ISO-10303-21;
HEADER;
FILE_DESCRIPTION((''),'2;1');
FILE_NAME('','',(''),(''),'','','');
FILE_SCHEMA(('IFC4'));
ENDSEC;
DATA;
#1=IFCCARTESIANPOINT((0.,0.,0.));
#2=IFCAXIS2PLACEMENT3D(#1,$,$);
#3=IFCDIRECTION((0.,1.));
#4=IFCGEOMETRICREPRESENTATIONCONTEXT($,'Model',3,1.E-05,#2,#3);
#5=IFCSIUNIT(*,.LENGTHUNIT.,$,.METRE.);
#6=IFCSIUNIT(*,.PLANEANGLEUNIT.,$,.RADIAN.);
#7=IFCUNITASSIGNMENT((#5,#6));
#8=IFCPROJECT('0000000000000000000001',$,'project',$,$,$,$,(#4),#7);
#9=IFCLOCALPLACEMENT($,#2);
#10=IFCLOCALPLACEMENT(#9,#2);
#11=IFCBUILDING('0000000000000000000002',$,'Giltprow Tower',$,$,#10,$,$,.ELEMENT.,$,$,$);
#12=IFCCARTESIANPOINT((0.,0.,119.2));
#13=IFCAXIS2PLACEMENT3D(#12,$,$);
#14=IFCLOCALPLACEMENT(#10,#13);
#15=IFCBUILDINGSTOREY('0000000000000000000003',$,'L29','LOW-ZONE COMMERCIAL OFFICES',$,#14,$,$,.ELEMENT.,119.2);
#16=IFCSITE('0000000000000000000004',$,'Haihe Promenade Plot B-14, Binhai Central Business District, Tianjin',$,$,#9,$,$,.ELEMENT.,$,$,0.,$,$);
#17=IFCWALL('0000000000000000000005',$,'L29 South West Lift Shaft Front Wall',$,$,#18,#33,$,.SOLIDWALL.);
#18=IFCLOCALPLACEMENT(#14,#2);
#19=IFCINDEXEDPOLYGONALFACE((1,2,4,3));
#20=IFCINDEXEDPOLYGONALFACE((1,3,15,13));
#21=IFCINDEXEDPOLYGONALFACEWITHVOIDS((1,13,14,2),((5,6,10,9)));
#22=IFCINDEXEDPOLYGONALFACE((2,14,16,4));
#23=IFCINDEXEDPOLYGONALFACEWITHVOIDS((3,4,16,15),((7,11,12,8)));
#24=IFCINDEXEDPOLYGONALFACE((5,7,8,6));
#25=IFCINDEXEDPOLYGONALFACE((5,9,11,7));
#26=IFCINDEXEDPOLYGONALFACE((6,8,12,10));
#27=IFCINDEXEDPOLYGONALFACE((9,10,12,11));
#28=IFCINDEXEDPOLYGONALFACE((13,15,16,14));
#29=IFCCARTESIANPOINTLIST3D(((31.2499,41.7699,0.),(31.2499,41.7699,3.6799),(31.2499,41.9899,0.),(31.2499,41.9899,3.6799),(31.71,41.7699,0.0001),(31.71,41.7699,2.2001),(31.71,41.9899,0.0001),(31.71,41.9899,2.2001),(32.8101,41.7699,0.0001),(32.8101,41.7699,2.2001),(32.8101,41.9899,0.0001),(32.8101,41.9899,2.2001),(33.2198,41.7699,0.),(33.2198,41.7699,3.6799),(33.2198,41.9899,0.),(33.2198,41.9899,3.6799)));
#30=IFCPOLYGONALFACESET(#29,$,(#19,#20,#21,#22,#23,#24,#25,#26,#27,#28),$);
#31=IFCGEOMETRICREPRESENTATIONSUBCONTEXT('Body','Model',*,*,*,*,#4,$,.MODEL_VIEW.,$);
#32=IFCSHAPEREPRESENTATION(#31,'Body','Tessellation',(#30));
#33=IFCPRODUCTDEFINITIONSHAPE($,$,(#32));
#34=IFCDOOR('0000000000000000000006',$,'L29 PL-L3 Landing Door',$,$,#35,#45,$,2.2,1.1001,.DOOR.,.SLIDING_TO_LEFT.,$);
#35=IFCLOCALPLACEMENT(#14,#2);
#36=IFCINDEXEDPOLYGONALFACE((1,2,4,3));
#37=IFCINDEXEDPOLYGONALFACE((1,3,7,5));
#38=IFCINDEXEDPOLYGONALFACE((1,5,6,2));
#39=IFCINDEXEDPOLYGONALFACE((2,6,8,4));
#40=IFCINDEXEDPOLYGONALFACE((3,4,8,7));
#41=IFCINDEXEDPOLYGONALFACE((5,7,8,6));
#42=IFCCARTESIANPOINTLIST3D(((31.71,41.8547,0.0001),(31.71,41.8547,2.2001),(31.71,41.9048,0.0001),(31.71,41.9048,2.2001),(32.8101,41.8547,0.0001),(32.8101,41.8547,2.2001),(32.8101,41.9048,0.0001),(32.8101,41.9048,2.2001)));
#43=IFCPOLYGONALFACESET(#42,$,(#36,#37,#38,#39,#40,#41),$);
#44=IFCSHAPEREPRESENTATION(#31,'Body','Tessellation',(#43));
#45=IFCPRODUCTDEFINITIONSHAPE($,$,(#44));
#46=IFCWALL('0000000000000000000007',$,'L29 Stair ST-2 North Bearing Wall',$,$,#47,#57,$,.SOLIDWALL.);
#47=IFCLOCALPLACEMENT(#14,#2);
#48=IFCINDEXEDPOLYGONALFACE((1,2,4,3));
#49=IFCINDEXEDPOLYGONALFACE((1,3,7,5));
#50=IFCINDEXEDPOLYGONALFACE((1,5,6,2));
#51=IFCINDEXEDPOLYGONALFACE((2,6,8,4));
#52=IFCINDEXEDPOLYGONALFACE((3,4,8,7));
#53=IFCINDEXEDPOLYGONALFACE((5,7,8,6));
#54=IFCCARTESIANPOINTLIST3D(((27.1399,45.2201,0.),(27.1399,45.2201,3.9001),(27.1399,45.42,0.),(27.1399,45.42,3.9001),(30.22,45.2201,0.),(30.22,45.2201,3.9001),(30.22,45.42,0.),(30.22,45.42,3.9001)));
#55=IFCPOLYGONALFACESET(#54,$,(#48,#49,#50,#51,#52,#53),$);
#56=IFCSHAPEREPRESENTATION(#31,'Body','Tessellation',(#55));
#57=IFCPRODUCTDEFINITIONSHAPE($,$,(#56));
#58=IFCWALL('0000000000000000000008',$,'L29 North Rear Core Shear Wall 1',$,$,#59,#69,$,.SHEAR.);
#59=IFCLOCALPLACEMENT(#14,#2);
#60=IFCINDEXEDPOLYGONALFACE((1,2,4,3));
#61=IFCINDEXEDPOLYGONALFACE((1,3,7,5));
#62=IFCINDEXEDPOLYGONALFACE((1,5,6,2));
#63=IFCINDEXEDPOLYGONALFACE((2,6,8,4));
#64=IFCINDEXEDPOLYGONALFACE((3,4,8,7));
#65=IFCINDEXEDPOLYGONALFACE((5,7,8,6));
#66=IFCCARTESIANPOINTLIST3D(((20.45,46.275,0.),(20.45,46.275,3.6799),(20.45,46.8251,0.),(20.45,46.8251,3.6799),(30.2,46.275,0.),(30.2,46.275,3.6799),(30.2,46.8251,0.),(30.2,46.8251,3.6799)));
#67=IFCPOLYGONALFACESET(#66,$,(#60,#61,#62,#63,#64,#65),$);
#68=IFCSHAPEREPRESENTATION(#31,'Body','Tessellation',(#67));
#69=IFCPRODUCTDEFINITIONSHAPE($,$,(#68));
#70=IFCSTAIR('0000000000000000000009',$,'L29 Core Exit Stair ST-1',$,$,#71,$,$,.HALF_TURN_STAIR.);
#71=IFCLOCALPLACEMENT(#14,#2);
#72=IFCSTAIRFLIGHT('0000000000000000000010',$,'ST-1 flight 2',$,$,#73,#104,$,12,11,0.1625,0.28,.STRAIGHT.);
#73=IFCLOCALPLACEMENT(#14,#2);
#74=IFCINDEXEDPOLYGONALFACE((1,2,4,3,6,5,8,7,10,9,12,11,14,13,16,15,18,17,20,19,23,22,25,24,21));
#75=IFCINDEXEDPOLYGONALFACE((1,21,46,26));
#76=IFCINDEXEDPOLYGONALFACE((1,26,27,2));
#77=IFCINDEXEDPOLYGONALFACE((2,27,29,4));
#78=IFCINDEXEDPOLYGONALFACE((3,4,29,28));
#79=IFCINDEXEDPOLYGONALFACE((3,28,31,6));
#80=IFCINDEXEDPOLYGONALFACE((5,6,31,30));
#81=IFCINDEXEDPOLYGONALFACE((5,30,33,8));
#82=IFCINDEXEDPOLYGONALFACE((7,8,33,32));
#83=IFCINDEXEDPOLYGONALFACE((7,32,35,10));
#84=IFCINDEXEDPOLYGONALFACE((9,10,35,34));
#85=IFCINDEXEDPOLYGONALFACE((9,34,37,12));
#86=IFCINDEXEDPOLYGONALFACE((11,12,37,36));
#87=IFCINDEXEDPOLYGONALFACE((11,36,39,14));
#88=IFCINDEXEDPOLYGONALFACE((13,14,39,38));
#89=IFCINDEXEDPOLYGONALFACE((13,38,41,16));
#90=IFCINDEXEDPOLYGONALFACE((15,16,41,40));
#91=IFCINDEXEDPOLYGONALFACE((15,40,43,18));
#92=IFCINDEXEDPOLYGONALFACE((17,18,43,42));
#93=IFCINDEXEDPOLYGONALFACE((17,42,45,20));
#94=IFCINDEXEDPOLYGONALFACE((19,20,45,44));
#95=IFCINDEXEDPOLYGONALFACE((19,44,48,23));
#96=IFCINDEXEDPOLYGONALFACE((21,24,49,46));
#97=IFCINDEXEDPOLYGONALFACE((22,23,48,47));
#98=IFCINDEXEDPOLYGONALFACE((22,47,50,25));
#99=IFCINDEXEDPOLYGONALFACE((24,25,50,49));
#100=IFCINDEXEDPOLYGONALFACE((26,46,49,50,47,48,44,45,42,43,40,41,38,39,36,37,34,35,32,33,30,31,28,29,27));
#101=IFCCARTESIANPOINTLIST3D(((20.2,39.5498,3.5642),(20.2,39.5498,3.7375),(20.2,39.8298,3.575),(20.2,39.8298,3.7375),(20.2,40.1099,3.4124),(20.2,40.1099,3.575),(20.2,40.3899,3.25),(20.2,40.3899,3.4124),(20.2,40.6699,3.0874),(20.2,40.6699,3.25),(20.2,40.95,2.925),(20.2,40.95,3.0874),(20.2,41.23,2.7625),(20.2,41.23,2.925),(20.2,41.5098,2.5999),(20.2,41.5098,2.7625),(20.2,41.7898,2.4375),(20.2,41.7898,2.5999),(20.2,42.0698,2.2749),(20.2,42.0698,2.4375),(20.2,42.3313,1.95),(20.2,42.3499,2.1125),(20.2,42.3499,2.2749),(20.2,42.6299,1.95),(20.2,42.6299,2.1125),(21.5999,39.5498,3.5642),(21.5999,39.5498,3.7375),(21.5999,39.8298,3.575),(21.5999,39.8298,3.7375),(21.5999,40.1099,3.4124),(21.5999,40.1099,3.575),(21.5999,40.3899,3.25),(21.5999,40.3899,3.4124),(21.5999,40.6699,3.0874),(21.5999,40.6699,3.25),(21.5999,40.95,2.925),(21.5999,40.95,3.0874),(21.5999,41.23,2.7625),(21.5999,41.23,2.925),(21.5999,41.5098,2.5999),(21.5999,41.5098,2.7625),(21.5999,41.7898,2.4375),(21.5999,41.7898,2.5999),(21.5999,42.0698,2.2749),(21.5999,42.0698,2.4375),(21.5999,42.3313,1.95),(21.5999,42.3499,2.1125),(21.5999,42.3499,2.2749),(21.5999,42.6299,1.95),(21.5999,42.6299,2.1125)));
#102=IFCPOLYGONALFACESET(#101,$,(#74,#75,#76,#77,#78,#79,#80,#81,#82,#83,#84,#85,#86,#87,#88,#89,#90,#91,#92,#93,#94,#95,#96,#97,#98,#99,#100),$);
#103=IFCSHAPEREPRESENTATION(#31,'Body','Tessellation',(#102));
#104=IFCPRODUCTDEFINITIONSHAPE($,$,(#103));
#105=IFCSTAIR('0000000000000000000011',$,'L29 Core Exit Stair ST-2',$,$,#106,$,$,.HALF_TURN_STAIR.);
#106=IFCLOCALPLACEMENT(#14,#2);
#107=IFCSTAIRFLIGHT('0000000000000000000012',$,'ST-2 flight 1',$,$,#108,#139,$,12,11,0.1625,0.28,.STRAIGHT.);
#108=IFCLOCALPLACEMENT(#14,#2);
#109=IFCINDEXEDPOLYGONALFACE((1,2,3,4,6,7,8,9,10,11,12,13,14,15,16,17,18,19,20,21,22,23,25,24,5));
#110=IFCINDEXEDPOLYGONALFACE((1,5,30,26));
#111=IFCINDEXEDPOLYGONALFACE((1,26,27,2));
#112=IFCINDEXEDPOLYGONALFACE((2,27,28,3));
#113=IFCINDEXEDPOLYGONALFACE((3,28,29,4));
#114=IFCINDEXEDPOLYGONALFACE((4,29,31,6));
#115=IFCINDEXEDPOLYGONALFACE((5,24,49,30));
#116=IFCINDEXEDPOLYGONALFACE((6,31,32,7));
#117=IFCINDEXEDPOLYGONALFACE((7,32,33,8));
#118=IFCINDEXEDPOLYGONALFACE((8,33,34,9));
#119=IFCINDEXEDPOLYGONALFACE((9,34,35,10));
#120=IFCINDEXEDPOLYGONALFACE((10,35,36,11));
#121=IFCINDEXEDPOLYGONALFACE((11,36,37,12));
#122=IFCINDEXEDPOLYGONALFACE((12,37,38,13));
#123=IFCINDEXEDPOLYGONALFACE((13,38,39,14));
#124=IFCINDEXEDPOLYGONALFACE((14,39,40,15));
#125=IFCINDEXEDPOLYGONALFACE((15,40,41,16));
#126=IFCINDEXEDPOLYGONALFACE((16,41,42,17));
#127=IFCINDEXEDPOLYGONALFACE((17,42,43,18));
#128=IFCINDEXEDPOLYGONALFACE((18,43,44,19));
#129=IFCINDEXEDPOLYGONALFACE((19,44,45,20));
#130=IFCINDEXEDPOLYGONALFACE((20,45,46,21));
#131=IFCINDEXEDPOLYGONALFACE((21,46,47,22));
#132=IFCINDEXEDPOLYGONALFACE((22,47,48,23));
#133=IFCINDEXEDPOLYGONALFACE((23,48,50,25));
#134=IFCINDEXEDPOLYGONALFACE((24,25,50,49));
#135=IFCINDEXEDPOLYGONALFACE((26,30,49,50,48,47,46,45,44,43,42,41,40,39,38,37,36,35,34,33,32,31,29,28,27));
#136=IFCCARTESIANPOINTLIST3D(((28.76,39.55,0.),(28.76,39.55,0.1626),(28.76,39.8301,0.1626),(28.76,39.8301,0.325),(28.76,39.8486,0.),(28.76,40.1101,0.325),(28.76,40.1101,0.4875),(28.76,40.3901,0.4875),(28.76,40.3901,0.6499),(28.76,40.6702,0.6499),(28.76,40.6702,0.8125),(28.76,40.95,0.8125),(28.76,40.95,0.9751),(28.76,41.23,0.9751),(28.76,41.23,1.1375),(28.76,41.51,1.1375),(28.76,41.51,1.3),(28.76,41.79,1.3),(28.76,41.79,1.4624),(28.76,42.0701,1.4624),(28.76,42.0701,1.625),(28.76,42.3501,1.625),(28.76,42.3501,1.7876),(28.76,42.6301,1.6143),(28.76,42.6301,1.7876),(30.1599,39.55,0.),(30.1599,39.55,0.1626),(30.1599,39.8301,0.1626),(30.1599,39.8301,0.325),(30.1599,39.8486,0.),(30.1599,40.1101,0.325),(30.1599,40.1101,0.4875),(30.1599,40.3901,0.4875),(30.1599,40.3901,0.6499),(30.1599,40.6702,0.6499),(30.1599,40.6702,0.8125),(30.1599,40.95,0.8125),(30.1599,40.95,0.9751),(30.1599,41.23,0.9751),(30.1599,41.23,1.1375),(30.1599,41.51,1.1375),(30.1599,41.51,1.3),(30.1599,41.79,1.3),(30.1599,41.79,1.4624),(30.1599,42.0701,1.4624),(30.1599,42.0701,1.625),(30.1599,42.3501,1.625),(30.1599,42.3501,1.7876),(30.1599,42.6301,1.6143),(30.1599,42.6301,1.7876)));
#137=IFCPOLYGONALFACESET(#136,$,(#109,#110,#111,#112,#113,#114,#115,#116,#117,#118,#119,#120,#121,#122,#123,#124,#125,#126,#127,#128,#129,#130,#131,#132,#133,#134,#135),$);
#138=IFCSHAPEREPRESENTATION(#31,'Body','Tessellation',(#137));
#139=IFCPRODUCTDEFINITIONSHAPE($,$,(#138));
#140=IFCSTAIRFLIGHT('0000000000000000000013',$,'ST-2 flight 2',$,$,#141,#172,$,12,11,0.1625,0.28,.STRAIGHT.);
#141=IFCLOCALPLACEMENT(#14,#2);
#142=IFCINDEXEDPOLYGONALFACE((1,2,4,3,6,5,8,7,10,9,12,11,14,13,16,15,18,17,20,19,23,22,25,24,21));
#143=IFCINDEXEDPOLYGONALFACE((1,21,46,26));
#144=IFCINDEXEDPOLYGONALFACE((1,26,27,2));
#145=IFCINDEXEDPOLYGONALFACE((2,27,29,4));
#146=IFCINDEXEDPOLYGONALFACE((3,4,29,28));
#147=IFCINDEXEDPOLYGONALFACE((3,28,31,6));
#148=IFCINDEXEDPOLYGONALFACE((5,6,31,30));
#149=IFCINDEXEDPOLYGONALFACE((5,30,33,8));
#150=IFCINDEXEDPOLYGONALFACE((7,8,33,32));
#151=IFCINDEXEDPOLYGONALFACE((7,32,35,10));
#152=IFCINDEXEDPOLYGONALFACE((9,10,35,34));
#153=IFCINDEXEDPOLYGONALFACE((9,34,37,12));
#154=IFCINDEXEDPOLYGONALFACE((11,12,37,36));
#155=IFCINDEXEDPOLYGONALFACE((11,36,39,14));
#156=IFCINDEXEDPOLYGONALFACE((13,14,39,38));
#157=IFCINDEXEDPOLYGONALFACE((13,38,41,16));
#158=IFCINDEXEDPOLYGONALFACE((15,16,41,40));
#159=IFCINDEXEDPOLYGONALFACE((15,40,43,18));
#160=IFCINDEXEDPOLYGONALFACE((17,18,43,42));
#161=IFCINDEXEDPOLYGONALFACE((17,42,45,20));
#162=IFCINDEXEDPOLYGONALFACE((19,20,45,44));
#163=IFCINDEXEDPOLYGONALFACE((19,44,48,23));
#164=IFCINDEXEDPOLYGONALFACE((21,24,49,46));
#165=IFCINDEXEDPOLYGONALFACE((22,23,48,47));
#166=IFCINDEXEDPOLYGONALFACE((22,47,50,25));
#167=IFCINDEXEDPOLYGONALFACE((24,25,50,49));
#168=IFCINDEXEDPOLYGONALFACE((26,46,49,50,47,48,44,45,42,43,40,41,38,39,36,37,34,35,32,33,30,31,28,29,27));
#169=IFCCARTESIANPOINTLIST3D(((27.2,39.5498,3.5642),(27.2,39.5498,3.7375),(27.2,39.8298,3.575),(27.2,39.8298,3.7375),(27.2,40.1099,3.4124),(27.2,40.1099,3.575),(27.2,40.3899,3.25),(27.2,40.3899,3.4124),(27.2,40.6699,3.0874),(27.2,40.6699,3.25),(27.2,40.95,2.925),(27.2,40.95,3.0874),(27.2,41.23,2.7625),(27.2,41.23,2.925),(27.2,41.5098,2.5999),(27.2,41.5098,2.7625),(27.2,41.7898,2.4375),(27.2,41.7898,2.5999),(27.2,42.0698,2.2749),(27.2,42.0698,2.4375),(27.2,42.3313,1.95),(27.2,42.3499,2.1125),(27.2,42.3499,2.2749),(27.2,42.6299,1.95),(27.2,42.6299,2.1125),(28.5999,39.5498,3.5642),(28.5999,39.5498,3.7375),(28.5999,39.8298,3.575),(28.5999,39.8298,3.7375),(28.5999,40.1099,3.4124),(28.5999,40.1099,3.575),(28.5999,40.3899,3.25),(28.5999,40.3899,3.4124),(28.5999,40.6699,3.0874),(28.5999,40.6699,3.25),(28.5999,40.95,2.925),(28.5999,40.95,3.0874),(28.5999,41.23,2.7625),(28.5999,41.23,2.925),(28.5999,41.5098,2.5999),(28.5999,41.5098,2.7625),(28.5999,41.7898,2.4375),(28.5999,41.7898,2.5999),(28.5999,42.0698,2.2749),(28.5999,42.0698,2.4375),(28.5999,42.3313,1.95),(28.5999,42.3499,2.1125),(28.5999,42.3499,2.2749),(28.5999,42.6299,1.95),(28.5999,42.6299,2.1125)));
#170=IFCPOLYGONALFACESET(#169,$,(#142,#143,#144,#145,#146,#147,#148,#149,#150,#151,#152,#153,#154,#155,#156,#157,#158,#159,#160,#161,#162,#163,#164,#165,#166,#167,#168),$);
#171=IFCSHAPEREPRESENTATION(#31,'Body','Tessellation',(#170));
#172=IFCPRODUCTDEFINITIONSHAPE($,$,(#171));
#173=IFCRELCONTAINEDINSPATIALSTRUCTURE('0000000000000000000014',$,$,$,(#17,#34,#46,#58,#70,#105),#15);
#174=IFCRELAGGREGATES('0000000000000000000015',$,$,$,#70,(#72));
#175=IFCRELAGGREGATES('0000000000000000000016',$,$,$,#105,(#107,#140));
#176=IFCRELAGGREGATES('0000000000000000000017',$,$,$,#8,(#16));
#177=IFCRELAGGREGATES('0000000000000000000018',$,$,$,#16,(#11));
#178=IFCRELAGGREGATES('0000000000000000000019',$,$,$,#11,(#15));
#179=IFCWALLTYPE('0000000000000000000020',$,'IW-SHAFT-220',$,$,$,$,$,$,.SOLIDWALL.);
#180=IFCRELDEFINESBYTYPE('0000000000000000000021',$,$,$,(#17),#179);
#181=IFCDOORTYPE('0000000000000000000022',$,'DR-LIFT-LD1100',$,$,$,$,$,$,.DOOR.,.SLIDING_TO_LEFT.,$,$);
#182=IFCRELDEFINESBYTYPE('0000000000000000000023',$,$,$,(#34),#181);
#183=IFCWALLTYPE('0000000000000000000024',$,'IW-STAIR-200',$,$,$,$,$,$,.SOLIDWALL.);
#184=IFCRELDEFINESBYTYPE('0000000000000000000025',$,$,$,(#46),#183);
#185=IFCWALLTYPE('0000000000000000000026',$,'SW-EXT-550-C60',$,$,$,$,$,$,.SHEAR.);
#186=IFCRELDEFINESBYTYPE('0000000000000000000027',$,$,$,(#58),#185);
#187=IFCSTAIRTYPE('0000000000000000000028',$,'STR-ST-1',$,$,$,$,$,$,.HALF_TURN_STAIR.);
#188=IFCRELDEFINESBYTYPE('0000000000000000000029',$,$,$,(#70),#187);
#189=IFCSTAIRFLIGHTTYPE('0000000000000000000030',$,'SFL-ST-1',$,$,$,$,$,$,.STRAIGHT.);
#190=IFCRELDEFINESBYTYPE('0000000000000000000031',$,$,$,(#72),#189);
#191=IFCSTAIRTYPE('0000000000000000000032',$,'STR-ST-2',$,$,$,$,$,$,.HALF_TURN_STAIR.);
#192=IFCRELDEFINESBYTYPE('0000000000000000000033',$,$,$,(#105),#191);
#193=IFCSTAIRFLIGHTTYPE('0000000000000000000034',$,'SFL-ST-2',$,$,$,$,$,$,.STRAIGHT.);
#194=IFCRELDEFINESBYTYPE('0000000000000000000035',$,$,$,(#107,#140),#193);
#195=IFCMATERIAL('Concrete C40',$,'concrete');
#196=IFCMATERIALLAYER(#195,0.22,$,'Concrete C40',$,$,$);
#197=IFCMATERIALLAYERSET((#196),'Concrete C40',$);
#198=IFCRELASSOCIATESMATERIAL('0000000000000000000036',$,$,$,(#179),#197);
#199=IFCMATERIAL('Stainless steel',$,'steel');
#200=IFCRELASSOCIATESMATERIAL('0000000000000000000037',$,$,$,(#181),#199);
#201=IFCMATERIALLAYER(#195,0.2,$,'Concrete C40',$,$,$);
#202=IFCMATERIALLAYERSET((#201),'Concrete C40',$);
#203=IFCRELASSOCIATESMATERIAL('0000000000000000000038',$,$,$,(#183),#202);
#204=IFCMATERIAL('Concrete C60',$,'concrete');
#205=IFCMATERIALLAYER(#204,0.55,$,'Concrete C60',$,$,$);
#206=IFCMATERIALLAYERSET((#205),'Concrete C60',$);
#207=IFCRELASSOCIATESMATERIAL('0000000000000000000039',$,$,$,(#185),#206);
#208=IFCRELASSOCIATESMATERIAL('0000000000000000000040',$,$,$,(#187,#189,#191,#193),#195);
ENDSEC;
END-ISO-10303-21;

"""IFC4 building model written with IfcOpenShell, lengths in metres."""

from ifc_helpers import new_model, si_unit, direction, frame, frame_2d, origin, place, context, subcontext, project, spatial, polyline, rectangle, outline, extrude, source, transform, mapped, material, layer, layer_set, type_object, element, fill, aggregate, save


model = new_model("IFC4")

# Units and contexts
model_context = context("Model", 3, precision=1e-05, world=origin(), true_north=direction((0.0, 1.0)))
body_context = subcontext(model_context, "Body", "Model", "MODEL_VIEW")
ifc_project = project(units=[si_unit("LENGTHUNIT", "METRE"), si_unit("PLANEANGLEUNIT", "RADIAN")], contexts=[model_context])

# Site, building, storey
site_placement = place(None, origin())
site = spatial("IfcSite", under=ifc_project, at=site_placement, Name="Haihe Promenade Plot B-14, Binhai Central Business District, Tianjin", CompositionType="ELEMENT", RefElevation=0.0)
building_placement = place(site_placement, origin())
building = spatial("IfcBuilding", under=site, at=building_placement, Name="Giltprow Tower", CompositionType="ELEMENT")
storey_placement = place(building_placement, frame((0.0, 0.0, 119.2)))
storey = spatial("IfcBuildingStorey", under=building, at=storey_placement, Name="L29", Description="LOW-ZONE COMMERCIAL OFFICES", CompositionType="ELEMENT", Elevation=119.2)

# Shared definitions
ifc_material_1 = material(Name="Concrete C60", Category="concrete")

# Shared definitions
ifc_material_2 = material(Name="Concrete C40", Category="concrete")
ifc_layer_1 = layer(ifc_material_2, 0.22, Name="Concrete C40")
ifc_layer_set_1 = layer_set([ifc_layer_1], Name="Concrete C40")
wall_type_1 = type_object("IfcWallType", Name="IW-SHAFT-220", PredefinedType="SOLIDWALL", material=ifc_layer_set_1)
ifc_material_3 = material(Name="Stainless steel", Category="steel")
door_type = type_object("IfcDoorType", Name="DR-LIFT-LD1100", OperationType="SLIDING_TO_LEFT", PredefinedType="DOOR", material=ifc_material_3)
shared_shape_1 = source(origin(), body_context, "Body", "SweptSolid", [
    extrude(rectangle(XDim=1.1001, YDim=2.2, at=frame_2d((0.55, 1.1001))), frame((0.0, 0.0249, 0.0), z_axis=(0.0, -1.0, 0.0), x_axis=(1.0, 0.0, 0.0)), (0.0, 0.0, 1.0), 0.05),
])

# Wall, opening, door
wall_1_placement = place(storey_placement, frame((31.25, 41.8799, 0.0), z_axis=(0.0, 0.0, 1.0), x_axis=(1.0, 0.0, 0.0)))
wall_1 = element("IfcWall", 1, at=wall_1_placement, inside=storey, type_object=wall_type_1, Name="L29 South West Lift Shaft Front Wall", PredefinedType="SOLIDWALL", context=body_context, shape_type="SweptSolid", body=[
    extrude(rectangle(XDim=1.97, YDim=0.22, at=frame_2d((0.9849, 0.0))), origin(), (0.0, 0.0, 1.0), 3.6799),
])
opening_1_placement = place(wall_1_placement, frame((0.46, 0.0, 0.0)))
opening_1 = element("IfcOpeningElement", 2, at=opening_1_placement, cuts=wall_1, PredefinedType="OPENING", context=body_context, shape_type="SweptSolid", body=[
    extrude(rectangle(XDim=1.1001, YDim=2.2, at=frame_2d((0.55, 1.1001))), frame((0.0, 0.1199, 0.0), z_axis=(0.0, -1.0, 0.0), x_axis=(1.0, 0.0, 0.0)), (0.0, 0.0, 1.0), 0.24),
])
door_1_placement = place(opening_1_placement, origin())
door_1 = element("IfcDoor", 3, at=door_1_placement, inside=storey, type_object=door_type, Name="L29 PL-L3 Landing Door", OperationType="SLIDING_TO_LEFT", OverallHeight=2.2, OverallWidth=1.1001, PredefinedType="DOOR", context=body_context, shape_type="MappedRepresentation", body=[
    mapped(shared_shape_1, transform((0.0, 0.0, 0.0), x_axis=(1.0, 0.0, 0.0), y_axis=(0.0, 1.0, 0.0), z_axis=(0.0, 0.0, 1.0), scale=1.0)),
])
fill(opening_1, door_1)

# Walls
ifc_layer_2 = layer(ifc_material_2, 0.2, Name="Concrete C40")
ifc_layer_set_2 = layer_set([ifc_layer_2], Name="Concrete C40")
wall_type_2 = type_object("IfcWallType", Name="IW-STAIR-200", PredefinedType="SOLIDWALL", material=ifc_layer_set_2)
wall_2_placement = place(storey_placement, frame((27.1399, 45.3201, 0.0), z_axis=(0.0, 0.0, 1.0), x_axis=(1.0, 0.0, 0.0)))
element("IfcWall", 4, at=wall_2_placement, inside=storey, type_object=wall_type_2, Name="L29 Stair ST-2 North Bearing Wall", PredefinedType="SOLIDWALL", context=body_context, shape_type="SweptSolid", body=[
    extrude(rectangle(XDim=3.0801, YDim=0.2, at=frame_2d((1.54, 0.0))), origin(), (0.0, 0.0, 1.0), 3.9001),
])
ifc_layer_3 = layer(ifc_material_1, 0.55, Name="Concrete C60")
ifc_layer_set_3 = layer_set([ifc_layer_3], Name="Concrete C60")
wall_type_3 = type_object("IfcWallType", Name="SW-EXT-550-C60", PredefinedType="SHEAR", material=ifc_layer_set_3)
wall_3_placement = place(storey_placement, frame((20.45, 46.55, 0.0), z_axis=(0.0, 0.0, 1.0), x_axis=(1.0, 0.0, 0.0)))
element("IfcWall", 5, at=wall_3_placement, inside=storey, type_object=wall_type_3, Name="L29 North Rear Core Shear Wall 1", PredefinedType="SHEAR", context=body_context, shape_type="SweptSolid", body=[
    extrude(rectangle(XDim=9.75, YDim=0.55, at=frame_2d((4.875, 0.0))), origin(), (0.0, 0.0, 1.0), 3.6799),
])

# Stair, stair flight
stair_type_1 = type_object("IfcStairType", Name="STR-ST-1", PredefinedType="HALF_TURN_STAIR", material=ifc_material_2)
stair_1_placement = place(storey_placement, origin())
stair_1 = element("IfcStair", 6, at=stair_1_placement, inside=storey, type_object=stair_type_1, Name="L29 Core Exit Stair ST-1", PredefinedType="HALF_TURN_STAIR")
stair_flight_type_1 = type_object("IfcStairFlightType", Name="SFL-ST-1", PredefinedType="STRAIGHT", material=ifc_material_2)
stair_flight_1_placement = place(storey_placement, frame((20.8999, 42.6299, 1.95), z_axis=(0.0, 0.0, 1.0), x_axis=(0.0, -1.0, 0.0)))
stair_flight_1 = element("IfcStairFlight", 7, at=stair_flight_1_placement, type_object=stair_flight_type_1, Name="ST-1 flight 2", NumberOfRisers=12, NumberOfTreads=11, PredefinedType="STRAIGHT", RiserHeight=0.1625, TreadLength=0.28, context=body_context, shape_type="SweptSolid", body=[
    extrude(outline(polyline([(0.0, 0.0), (0.0, 0.1626), (0.28, 0.1626), (0.28, 0.325), (0.5601, 0.325), (0.5601, 0.4875), (0.8401, 0.4875), (0.8401, 0.6499), (1.1201, 0.6499), (1.1201, 0.8125), (1.3999, 0.8125), (1.3999, 0.9751), (1.6799, 0.9751), (1.6799, 1.1375), (1.96, 1.1375), (1.96, 1.3), (2.24, 1.3), (2.24, 1.4624), (2.52, 1.4624), (2.52, 1.625), (2.8, 1.625), (2.8, 1.7876), (3.0801, 1.7876), (3.0801, 1.95), (3.0801, 1.6143), (0.2986, 0.0), (0.0, 0.0)])), frame((0.0, 0.7, 0.0), z_axis=(0.0, -1.0, 0.0), x_axis=(1.0, 0.0, 0.0)), (0.0, 0.0, 1.0), 1.3999),
])
aggregate(stair_1, [stair_flight_1])

# Stair, stair flights
stair_type_2 = type_object("IfcStairType", Name="STR-ST-2", PredefinedType="HALF_TURN_STAIR", material=ifc_material_2)
stair_2_placement = place(storey_placement, origin())
stair_2 = element("IfcStair", 8, at=stair_2_placement, inside=storey, type_object=stair_type_2, Name="L29 Core Exit Stair ST-2", PredefinedType="HALF_TURN_STAIR")
stair_flight_type_2 = type_object("IfcStairFlightType", Name="SFL-ST-2", PredefinedType="STRAIGHT", material=ifc_material_2)
stair_flight_2_placement = place(storey_placement, frame((29.46, 39.55, 0.0), z_axis=(0.0, 0.0, 1.0), x_axis=(0.0, 1.0, 0.0)))
stair_flight_2 = element("IfcStairFlight", 9, at=stair_flight_2_placement, type_object=stair_flight_type_2, Name="ST-2 flight 1", NumberOfRisers=12, NumberOfTreads=11, PredefinedType="STRAIGHT", RiserHeight=0.1625, TreadLength=0.28, context=body_context, shape_type="SweptSolid", body=[
    extrude(outline(polyline([(0.0, 0.0), (0.0, 0.1626), (0.28, 0.1626), (0.28, 0.325), (0.5601, 0.325), (0.5601, 0.4875), (0.8401, 0.4875), (0.8401, 0.6499), (1.1201, 0.6499), (1.1201, 0.8125), (1.3999, 0.8125), (1.3999, 0.9751), (1.6799, 0.9751), (1.6799, 1.1375), (1.96, 1.1375), (1.96, 1.3), (2.24, 1.3), (2.24, 1.4624), (2.52, 1.4624), (2.52, 1.625), (2.8, 1.625), (2.8, 1.7876), (3.0801, 1.7876), (3.0801, 1.95), (3.0801, 1.6143), (0.2986, 0.0), (0.0, 0.0)])), frame((0.0, 0.7, 0.0), z_axis=(0.0, -1.0, 0.0), x_axis=(1.0, 0.0, 0.0)), (0.0, 0.0, 1.0), 1.3999),
])
stair_flight_3_placement = place(storey_placement, frame((27.8999, 42.6299, 1.95), z_axis=(0.0, 0.0, 1.0), x_axis=(0.0, -1.0, 0.0)))
stair_flight_3 = element("IfcStairFlight", 10, at=stair_flight_3_placement, type_object=stair_flight_type_2, Name="ST-2 flight 2", NumberOfRisers=12, NumberOfTreads=11, PredefinedType="STRAIGHT", RiserHeight=0.1625, TreadLength=0.28, context=body_context, shape_type="SweptSolid", body=[
    extrude(outline(polyline([(0.0, 0.0), (0.0, 0.1626), (0.28, 0.1626), (0.28, 0.325), (0.5601, 0.325), (0.5601, 0.4875), (0.8401, 0.4875), (0.8401, 0.6499), (1.1201, 0.6499), (1.1201, 0.8125), (1.3999, 0.8125), (1.3999, 0.9751), (1.6799, 0.9751), (1.6799, 1.1375), (1.96, 1.1375), (1.96, 1.3), (2.24, 1.3), (2.24, 1.4624), (2.52, 1.4624), (2.52, 1.625), (2.8, 1.625), (2.8, 1.7876), (3.0801, 1.7876), (3.0801, 1.95), (3.0801, 1.6143), (0.2986, 0.0), (0.0, 0.0)])), frame((0.0, 0.7, 0.0), z_axis=(0.0, -1.0, 0.0), x_axis=(1.0, 0.0, 0.0)), (0.0, 0.0, 1.0), 1.3999),
])
aggregate(stair_2, [stair_flight_2, stair_flight_3])

save(model, "model.ifc")
